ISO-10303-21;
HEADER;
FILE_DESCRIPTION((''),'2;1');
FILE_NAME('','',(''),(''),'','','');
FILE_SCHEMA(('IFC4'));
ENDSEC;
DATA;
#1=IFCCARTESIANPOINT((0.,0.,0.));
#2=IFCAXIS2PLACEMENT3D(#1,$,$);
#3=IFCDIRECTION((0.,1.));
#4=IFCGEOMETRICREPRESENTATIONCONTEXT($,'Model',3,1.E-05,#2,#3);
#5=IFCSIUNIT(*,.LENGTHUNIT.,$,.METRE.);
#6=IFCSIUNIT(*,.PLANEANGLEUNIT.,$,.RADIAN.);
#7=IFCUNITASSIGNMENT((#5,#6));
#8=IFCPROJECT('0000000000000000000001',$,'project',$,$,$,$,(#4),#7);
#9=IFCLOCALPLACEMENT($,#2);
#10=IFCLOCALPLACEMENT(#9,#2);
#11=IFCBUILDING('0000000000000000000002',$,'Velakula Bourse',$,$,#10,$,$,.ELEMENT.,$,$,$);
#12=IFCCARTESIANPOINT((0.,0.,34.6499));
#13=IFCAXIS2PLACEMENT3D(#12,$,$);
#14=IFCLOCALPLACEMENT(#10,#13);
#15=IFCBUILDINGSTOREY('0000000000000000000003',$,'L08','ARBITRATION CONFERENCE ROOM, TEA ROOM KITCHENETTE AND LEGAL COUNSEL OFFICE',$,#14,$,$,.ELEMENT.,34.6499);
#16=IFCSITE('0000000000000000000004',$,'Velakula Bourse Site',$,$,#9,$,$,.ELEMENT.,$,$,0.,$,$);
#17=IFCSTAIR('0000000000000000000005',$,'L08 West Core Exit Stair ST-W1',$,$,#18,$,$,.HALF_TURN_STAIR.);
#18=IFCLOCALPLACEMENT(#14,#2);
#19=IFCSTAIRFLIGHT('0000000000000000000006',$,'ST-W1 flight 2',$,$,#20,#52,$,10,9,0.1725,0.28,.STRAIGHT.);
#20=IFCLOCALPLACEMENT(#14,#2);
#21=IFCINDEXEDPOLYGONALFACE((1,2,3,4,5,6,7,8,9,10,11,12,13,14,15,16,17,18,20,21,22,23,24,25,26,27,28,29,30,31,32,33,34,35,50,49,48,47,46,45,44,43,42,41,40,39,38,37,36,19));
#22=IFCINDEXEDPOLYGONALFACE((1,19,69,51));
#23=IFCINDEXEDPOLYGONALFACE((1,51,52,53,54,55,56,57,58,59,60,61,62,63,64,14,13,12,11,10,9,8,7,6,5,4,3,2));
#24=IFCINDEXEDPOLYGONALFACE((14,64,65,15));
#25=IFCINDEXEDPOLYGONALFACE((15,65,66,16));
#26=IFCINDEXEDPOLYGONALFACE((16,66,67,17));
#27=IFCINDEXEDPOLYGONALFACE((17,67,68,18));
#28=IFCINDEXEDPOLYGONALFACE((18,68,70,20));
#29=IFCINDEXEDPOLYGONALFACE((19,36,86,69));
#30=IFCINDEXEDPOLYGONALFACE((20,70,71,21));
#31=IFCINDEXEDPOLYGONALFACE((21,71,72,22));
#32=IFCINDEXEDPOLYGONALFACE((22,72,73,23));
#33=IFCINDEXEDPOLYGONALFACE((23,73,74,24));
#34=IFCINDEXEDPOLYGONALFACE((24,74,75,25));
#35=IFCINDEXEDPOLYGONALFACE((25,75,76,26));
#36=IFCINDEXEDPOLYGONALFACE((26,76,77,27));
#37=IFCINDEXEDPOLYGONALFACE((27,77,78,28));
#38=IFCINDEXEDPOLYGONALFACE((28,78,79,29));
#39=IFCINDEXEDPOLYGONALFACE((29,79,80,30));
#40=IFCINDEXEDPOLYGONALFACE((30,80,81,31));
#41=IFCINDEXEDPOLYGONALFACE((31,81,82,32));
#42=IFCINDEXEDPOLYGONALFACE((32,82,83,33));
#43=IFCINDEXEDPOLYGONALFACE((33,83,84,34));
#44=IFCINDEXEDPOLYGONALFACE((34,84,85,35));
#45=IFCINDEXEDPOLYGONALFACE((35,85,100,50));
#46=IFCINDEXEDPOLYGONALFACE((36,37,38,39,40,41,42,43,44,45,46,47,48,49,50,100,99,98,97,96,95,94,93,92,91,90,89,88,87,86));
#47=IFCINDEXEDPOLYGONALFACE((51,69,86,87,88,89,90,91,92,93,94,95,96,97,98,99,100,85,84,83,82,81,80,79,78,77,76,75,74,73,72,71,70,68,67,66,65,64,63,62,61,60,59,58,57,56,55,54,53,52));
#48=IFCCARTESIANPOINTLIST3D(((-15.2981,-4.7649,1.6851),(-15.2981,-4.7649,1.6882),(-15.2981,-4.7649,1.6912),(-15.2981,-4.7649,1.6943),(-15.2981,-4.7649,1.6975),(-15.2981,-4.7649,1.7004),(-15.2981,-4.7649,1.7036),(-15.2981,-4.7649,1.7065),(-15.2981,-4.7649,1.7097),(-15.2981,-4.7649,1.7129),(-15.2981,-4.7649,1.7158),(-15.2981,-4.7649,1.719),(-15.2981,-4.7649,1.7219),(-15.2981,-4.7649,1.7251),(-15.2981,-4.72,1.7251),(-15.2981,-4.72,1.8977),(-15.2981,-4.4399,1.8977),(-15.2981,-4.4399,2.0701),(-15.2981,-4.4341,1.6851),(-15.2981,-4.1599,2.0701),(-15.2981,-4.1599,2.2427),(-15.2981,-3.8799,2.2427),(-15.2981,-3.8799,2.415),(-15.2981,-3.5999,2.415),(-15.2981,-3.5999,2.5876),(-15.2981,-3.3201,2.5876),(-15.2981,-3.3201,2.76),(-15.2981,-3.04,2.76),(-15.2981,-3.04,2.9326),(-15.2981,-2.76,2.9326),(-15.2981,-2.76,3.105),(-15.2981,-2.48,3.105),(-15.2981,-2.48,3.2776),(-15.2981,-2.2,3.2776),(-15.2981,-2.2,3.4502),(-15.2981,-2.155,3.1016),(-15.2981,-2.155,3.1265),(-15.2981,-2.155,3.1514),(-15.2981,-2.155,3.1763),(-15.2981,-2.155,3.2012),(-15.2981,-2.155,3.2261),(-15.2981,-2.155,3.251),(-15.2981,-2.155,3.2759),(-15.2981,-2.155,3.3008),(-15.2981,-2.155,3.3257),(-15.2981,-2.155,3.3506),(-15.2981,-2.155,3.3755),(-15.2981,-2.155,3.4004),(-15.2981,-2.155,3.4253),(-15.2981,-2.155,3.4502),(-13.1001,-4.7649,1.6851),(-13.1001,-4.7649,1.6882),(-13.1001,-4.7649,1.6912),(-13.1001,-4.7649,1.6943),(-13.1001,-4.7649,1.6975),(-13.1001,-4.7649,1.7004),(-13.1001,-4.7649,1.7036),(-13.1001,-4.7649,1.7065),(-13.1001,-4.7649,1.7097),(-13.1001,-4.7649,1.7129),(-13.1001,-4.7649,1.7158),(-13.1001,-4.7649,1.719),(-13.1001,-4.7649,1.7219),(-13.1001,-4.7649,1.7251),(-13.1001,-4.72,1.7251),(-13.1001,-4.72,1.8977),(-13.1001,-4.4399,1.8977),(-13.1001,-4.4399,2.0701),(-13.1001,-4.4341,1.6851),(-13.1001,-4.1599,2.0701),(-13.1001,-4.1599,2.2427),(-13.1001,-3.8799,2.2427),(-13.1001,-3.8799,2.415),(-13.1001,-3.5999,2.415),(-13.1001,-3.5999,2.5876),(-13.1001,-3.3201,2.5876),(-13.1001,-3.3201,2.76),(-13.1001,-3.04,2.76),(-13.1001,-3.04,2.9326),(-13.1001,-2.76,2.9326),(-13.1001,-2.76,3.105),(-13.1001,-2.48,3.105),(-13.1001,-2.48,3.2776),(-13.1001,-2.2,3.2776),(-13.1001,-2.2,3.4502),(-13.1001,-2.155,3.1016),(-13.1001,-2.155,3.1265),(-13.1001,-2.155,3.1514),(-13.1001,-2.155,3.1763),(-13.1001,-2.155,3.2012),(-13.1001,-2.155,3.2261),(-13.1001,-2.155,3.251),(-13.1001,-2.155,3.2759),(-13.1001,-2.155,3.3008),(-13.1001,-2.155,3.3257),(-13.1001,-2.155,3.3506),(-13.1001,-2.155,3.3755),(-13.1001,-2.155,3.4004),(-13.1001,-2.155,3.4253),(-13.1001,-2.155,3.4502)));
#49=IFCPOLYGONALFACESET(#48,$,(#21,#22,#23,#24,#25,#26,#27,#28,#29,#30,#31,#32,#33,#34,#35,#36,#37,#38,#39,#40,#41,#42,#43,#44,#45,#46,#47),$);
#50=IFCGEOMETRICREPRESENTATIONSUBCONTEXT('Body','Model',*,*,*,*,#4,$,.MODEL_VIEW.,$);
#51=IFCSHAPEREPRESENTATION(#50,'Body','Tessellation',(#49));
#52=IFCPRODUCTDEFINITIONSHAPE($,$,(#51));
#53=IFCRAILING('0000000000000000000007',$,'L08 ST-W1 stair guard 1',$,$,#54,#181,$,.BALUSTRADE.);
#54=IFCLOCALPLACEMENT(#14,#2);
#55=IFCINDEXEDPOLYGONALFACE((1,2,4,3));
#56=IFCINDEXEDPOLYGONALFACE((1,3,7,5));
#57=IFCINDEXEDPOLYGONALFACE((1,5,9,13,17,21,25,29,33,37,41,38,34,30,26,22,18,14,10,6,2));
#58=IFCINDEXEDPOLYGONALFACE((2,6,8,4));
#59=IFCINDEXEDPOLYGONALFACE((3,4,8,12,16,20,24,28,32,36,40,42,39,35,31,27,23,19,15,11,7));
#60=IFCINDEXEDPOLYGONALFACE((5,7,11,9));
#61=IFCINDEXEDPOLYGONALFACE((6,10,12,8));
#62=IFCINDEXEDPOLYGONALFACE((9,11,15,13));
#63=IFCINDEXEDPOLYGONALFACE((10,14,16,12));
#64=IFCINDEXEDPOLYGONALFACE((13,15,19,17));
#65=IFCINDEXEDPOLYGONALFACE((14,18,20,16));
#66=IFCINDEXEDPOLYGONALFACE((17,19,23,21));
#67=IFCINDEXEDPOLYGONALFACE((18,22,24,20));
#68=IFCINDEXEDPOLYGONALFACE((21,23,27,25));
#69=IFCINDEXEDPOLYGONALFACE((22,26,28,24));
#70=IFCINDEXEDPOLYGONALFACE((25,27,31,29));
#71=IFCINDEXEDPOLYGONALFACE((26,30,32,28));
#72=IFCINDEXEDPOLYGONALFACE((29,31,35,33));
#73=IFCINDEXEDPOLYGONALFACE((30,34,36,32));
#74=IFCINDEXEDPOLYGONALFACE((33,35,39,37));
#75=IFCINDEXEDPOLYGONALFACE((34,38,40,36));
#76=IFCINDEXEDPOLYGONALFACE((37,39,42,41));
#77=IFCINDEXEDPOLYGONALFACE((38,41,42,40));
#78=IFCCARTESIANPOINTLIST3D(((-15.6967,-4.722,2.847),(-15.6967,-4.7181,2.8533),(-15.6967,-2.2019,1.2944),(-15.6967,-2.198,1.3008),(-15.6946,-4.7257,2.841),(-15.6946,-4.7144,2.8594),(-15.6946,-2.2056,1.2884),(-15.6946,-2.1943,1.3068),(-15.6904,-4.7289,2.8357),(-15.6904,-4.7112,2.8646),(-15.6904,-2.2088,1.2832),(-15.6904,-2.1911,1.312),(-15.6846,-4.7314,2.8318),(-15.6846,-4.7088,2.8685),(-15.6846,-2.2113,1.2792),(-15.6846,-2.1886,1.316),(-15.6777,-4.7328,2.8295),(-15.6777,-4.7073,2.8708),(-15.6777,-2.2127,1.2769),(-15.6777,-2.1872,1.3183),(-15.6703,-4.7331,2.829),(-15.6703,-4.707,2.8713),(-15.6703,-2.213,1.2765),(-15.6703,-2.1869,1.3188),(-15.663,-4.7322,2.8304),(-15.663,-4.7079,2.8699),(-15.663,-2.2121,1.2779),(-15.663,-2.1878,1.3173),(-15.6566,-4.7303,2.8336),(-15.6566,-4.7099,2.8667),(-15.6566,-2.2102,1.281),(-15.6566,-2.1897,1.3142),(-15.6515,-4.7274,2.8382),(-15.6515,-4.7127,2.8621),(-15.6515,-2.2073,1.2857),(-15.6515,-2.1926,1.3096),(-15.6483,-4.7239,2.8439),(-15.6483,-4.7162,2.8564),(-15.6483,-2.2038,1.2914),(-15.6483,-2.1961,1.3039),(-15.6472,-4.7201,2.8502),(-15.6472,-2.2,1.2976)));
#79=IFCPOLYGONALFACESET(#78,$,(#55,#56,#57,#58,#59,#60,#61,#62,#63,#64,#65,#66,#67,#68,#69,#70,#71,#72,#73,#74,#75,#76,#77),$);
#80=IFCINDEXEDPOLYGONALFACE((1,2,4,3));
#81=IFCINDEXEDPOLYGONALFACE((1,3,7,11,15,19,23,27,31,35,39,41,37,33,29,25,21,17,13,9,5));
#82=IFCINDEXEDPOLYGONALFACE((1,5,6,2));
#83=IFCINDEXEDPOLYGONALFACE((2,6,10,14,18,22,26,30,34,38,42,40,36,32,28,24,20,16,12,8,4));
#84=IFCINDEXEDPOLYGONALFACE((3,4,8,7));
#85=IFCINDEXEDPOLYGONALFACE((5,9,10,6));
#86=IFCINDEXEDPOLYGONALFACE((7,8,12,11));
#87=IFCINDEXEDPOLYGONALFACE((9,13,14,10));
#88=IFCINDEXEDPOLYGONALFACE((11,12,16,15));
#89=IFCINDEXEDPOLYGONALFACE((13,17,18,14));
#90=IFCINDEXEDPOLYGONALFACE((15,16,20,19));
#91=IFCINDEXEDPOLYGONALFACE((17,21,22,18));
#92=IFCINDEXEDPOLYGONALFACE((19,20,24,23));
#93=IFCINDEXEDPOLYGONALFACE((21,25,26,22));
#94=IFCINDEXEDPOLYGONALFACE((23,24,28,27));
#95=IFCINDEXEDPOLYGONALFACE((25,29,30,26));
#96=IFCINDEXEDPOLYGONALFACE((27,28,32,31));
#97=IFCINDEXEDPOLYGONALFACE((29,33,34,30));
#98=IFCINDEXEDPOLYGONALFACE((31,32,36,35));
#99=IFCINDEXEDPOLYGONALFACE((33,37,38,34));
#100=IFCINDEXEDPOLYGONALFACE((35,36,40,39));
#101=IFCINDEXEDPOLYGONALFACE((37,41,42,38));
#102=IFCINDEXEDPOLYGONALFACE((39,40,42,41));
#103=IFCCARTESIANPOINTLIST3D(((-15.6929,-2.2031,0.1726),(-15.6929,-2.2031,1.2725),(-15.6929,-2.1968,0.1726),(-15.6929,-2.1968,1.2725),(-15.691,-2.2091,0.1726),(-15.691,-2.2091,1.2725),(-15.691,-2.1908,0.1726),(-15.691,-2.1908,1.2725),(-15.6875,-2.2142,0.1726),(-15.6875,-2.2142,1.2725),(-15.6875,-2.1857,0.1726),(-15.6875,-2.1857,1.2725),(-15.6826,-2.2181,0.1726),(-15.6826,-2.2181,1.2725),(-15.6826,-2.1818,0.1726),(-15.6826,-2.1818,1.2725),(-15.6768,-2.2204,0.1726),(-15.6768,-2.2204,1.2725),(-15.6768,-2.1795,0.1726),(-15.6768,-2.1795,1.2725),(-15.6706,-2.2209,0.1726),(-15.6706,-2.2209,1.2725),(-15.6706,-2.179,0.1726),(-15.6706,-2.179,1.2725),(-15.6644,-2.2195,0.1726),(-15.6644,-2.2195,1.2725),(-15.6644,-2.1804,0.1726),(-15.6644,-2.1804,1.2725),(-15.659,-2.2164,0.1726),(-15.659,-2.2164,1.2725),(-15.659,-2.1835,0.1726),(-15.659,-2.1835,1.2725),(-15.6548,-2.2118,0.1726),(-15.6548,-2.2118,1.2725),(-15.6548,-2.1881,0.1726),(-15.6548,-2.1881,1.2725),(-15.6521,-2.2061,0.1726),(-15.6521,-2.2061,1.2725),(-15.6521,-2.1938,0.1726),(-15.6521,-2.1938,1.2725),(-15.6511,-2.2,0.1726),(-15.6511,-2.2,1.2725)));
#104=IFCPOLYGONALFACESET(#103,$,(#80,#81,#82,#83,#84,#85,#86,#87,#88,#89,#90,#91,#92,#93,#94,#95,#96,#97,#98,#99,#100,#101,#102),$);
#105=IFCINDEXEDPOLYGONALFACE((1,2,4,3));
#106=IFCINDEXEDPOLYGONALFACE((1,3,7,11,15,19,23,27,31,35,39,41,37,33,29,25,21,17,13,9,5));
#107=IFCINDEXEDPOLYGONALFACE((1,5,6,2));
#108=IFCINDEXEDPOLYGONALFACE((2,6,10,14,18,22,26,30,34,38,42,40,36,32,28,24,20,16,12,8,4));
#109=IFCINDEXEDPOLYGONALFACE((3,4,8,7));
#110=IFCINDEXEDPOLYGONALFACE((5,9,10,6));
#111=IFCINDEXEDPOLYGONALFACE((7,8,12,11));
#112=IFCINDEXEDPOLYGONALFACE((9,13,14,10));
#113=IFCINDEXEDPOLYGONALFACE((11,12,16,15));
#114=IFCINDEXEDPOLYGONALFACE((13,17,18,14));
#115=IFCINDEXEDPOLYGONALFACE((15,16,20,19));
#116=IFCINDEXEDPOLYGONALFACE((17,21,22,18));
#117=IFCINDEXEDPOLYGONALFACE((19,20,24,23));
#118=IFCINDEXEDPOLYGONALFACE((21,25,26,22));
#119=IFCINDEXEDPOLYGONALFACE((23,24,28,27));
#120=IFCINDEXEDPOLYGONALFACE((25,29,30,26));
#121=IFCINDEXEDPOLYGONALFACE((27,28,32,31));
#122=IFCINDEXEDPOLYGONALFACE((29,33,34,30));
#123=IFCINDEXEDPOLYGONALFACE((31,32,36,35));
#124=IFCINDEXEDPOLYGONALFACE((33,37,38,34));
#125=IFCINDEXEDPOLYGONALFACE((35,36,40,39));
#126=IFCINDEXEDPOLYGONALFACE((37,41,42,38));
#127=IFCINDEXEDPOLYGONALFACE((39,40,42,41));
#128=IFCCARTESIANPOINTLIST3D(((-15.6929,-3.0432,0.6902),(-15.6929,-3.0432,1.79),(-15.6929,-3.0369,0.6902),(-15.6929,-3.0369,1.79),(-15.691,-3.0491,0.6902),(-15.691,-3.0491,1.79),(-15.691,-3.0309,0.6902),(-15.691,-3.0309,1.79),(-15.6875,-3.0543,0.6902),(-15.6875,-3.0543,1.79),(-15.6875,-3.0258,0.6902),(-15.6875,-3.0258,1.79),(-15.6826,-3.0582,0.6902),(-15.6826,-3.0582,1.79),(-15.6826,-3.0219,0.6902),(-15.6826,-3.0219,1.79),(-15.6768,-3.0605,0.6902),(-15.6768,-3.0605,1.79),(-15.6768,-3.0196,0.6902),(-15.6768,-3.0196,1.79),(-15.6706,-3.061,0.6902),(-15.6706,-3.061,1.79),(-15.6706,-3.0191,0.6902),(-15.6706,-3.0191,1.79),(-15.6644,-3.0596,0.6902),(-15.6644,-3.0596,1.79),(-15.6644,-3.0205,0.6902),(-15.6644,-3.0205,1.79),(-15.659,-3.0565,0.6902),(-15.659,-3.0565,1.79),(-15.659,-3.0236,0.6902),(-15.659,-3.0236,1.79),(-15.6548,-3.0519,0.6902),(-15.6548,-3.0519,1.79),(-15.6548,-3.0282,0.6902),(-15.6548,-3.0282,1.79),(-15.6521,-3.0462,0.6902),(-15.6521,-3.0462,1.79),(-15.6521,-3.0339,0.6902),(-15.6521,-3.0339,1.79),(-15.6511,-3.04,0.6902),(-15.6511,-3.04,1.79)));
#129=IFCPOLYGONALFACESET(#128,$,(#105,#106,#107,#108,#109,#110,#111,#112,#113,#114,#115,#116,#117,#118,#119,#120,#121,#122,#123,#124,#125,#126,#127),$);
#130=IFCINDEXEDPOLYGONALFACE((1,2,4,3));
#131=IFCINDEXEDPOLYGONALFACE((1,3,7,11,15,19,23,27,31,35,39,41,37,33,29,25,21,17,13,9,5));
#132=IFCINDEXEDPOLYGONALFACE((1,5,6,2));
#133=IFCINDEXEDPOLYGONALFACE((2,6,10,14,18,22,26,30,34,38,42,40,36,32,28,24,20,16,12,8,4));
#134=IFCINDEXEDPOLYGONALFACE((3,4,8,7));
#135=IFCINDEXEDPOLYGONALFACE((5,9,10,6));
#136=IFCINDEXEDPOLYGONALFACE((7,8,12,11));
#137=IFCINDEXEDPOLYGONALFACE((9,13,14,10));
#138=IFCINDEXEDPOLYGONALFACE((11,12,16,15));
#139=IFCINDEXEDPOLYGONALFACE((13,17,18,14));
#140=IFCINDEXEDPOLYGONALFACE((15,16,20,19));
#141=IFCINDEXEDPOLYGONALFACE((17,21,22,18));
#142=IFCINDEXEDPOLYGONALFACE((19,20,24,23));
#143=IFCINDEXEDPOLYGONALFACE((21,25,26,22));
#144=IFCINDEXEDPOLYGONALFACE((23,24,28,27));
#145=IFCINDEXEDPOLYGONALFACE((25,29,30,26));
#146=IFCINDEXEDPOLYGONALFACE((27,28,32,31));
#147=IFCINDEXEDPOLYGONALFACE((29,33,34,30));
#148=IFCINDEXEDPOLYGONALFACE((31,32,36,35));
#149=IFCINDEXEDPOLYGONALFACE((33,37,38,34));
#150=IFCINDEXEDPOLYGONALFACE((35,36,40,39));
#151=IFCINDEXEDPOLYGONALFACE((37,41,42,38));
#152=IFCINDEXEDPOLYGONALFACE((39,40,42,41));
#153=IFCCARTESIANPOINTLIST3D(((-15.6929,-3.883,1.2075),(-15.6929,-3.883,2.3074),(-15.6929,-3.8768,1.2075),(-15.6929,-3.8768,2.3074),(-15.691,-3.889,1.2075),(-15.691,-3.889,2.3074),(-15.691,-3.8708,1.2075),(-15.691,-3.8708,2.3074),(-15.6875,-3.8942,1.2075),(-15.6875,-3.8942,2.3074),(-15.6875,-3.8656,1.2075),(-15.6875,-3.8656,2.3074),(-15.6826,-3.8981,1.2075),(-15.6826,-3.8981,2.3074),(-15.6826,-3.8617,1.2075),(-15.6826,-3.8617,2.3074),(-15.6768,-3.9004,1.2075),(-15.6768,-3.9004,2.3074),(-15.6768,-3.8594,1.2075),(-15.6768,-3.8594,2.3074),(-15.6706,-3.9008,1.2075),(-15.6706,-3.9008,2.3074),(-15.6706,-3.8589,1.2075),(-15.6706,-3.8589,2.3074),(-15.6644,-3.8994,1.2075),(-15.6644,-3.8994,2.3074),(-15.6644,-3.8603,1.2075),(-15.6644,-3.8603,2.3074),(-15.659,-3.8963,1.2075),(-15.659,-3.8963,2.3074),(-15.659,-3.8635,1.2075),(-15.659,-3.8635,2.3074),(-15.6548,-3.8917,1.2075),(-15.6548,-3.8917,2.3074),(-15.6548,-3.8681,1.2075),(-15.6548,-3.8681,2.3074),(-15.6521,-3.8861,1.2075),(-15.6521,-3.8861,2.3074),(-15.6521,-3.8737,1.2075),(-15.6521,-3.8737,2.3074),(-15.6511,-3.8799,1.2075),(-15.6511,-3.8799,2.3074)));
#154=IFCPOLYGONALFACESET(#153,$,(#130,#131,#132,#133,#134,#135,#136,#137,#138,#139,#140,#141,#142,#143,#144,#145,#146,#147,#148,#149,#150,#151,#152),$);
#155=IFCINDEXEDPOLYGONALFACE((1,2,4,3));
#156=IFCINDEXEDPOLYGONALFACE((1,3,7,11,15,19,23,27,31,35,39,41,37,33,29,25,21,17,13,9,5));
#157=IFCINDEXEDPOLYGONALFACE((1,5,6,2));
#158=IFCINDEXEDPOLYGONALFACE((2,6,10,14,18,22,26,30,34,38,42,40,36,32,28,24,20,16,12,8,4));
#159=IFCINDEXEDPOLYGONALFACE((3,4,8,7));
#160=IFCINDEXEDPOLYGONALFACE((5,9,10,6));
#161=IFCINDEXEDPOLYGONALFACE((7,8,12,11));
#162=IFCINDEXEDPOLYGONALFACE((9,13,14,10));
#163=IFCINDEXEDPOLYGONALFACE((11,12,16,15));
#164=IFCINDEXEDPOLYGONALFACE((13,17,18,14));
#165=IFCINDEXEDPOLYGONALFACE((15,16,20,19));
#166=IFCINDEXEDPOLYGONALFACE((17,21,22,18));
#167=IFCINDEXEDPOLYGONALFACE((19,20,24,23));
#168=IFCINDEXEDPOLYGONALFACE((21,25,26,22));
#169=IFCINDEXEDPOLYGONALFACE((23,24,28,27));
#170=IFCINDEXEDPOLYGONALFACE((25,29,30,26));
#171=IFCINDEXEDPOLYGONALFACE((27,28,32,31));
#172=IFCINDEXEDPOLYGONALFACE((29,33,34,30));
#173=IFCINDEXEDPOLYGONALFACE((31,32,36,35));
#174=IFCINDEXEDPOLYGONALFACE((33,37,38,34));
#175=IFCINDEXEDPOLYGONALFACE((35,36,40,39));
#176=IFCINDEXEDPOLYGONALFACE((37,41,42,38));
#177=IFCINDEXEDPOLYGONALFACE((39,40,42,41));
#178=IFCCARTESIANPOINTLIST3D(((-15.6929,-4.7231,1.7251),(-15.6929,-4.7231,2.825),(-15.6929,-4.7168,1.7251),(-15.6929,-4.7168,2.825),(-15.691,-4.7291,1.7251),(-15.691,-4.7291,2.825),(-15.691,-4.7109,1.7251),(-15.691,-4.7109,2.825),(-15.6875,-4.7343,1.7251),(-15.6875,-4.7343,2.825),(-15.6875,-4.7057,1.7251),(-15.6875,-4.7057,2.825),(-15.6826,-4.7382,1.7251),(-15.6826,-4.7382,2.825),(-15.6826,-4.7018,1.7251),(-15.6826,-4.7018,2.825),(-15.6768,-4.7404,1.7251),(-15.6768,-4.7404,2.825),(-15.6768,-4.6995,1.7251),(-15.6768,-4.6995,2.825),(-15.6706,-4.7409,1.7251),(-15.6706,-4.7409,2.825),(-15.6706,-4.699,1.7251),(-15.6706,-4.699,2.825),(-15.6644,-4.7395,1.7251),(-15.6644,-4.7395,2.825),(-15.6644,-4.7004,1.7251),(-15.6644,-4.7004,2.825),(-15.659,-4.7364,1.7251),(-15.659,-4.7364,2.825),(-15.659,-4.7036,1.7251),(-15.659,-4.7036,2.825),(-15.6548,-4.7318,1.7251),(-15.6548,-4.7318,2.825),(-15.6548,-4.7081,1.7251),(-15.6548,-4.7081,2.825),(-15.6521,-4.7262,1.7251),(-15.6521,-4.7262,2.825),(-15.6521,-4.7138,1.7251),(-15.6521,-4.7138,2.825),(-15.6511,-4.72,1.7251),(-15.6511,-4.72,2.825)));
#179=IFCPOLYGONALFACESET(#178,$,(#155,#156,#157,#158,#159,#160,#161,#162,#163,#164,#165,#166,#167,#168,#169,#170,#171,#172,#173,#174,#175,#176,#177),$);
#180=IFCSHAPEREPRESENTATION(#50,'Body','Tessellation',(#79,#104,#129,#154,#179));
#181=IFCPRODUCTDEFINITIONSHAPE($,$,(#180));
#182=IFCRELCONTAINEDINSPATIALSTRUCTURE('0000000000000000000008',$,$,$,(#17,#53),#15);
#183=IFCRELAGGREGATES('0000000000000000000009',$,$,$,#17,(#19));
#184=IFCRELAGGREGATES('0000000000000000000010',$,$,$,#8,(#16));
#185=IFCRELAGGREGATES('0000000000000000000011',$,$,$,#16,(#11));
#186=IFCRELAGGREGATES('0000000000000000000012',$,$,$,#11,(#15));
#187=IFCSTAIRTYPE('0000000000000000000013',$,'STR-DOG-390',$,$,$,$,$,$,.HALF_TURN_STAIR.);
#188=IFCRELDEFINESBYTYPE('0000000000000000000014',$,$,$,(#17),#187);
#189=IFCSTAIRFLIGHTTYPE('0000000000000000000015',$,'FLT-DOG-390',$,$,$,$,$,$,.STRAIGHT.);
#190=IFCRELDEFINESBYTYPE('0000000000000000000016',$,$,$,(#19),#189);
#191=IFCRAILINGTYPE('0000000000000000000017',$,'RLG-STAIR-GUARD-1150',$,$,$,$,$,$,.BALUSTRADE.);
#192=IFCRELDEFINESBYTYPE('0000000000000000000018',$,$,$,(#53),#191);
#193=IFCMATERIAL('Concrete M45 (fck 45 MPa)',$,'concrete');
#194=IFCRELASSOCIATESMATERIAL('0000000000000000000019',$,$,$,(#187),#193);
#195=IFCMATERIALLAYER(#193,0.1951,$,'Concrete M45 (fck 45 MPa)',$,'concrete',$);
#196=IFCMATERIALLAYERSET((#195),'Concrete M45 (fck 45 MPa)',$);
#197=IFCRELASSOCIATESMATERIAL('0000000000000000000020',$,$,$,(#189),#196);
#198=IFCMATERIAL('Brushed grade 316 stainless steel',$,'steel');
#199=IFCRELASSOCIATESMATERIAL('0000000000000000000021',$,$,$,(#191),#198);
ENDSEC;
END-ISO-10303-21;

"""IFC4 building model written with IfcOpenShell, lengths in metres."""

from ifc_helpers import new_model, si_unit, direction, frame, origin, origin_2d, place, context, subcontext, project, spatial, polyline, circle, outline, extrude, material, layer, layer_set, type_object, element, aggregate, save


model = new_model("IFC4")

# Units and contexts
model_context = context("Model", 3, precision=1e-05, world=origin(), true_north=direction((0.0, 1.0)))
body_context = subcontext(model_context, "Body", "Model", "MODEL_VIEW")
ifc_project = project(units=[si_unit("LENGTHUNIT", "METRE"), si_unit("PLANEANGLEUNIT", "RADIAN")], contexts=[model_context])

# Site, building, storey
site_placement = place(None, origin())
site = spatial("IfcSite", under=ifc_project, at=site_placement, Name="Velakula Bourse Site", CompositionType="ELEMENT", RefElevation=0.0)
building_placement = place(site_placement, origin())
building = spatial("IfcBuilding", under=site, at=building_placement, Name="Velakula Bourse", CompositionType="ELEMENT")
storey_placement = place(building_placement, frame((0.0, 0.0, 34.6499)))
storey = spatial("IfcBuildingStorey", under=building, at=storey_placement, Name="L08", Description="ARBITRATION CONFERENCE ROOM, TEA ROOM KITCHENETTE AND LEGAL COUNSEL OFFICE", CompositionType="ELEMENT", Elevation=34.6499)

# Shared definitions
ifc_material_1 = material(Name="Brushed grade 316 stainless steel", Category="steel")

# Stair, stair flight
ifc_material_2 = material(Name="Concrete M45 (fck 45 MPa)", Category="concrete")
stair_type = type_object("IfcStairType", Name="STR-DOG-390", PredefinedType="HALF_TURN_STAIR", material=ifc_material_2)
stair_placement = place(storey_placement, origin())
stair = element("IfcStair", 1, at=stair_placement, inside=storey, type_object=stair_type, Name="L08 West Core Exit Stair ST-W1", PredefinedType="HALF_TURN_STAIR")
ifc_layer_1 = layer(ifc_material_2, 0.1951, Name="Concrete M45 (fck 45 MPa)", Category="concrete")
ifc_layer_set_1 = layer_set([ifc_layer_1], Name="Concrete M45 (fck 45 MPa)")
stair_flight_type = type_object("IfcStairFlightType", Name="FLT-DOG-390", PredefinedType="STRAIGHT", material=ifc_layer_set_1)
stair_flight_1_placement = place(storey_placement, frame((-14.199, -4.72, 1.7251), z_axis=(0.0, 0.0, 1.0), x_axis=(0.0, 1.0, 0.0)))
stair_flight_1 = element("IfcStairFlight", 2, at=stair_flight_1_placement, type_object=stair_flight_type, Name="ST-W1 flight 2", NumberOfRisers=10, NumberOfTreads=9, PredefinedType="STRAIGHT", RiserHeight=0.1725, TreadLength=0.28, context=body_context, shape_type="SweptSolid", body=[
    extrude(outline(polyline([(-0.0449, -0.04), (-0.0449, -0.0369), (-0.0449, -0.0339), (-0.0449, -0.0308), (-0.0449, -0.0276), (-0.0449, -0.0247), (-0.0449, -0.0215), (-0.0449, -0.0186), (-0.0449, -0.0154), (-0.0449, -0.0122), (-0.0449, -0.0093), (-0.0449, -0.0061), (-0.0449, -0.0032), (-0.0449, 0.0), (0.0, 0.0), (0.0, 0.1726), (0.28, 0.1726), (0.28, 0.345), (0.5601, 0.345), (0.5601, 0.5176), (0.8401, 0.5176), (0.8401, 0.6899), (1.1201, 0.6899), (1.1201, 0.8625), (1.3999, 0.8625), (1.3999, 1.0349), (1.6799, 1.0349), (1.6799, 1.2075), (1.96, 1.2075), (1.96, 1.3799), (2.24, 1.3799), (2.24, 1.5525), (2.52, 1.5525), (2.52, 1.7251), (2.5649, 1.7251), (2.5649, 1.7002), (2.5649, 1.6753), (2.5649, 1.6504), (2.5649, 1.6255), (2.5649, 1.6006), (2.5649, 1.5757), (2.5649, 1.5508), (2.5649, 1.5259), (2.5649, 1.501), (2.5649, 1.4761), (2.5649, 1.4512), (2.5649, 1.4263), (2.5649, 1.4014), (2.5649, 1.3765), (0.2859, -0.04), (-0.0449, -0.04)])), frame((0.0, 1.0991, 0.0), z_axis=(0.0, -1.0, 0.0), x_axis=(1.0, 0.0, 0.0)), (0.0, 0.0, 1.0), 2.198),
])
aggregate(stair, [stair_flight_1])

# Railing
railing_type_1 = type_object("IfcRailingType", Name="RLG-STAIR-GUARD-1150", PredefinedType="BALUSTRADE", material=ifc_material_1)
railing_1_placement = place(storey_placement, frame((-15.6721, -2.2, 0.1726)))
element("IfcRailing", 3, at=railing_1_placement, inside=storey, type_object=railing_type_1, Name="L08 ST-W1 stair guard 1", PredefinedType="BALUSTRADE", context=body_context, shape_type="SweptSolid", body=[
    extrude(circle(Radius=0.0249, at=origin_2d()), frame((0.0, 0.0, 1.125), z_axis=(0.0, -0.8514, 0.524516), x_axis=(1.0, 0.0, 0.0)), (0.0, 0.0, 1.0), 2.96),
    extrude(circle(Radius=0.021, at=origin_2d()), origin(), (0.0, 0.0, 1.0), 1.0999),
    extrude(circle(Radius=0.021, at=origin_2d()), frame((0.0, -0.8401, 0.5176)), (0.0, 0.0, 1.0), 1.0999),
    extrude(circle(Radius=0.021, at=origin_2d()), frame((0.0, -1.6799, 1.0349)), (0.0, 0.0, 1.0), 1.0999),
    extrude(circle(Radius=0.021, at=origin_2d()), frame((0.0, -2.52, 1.5525)), (0.0, 0.0, 1.0), 1.0999),
])

save(model, "model.ifc")
